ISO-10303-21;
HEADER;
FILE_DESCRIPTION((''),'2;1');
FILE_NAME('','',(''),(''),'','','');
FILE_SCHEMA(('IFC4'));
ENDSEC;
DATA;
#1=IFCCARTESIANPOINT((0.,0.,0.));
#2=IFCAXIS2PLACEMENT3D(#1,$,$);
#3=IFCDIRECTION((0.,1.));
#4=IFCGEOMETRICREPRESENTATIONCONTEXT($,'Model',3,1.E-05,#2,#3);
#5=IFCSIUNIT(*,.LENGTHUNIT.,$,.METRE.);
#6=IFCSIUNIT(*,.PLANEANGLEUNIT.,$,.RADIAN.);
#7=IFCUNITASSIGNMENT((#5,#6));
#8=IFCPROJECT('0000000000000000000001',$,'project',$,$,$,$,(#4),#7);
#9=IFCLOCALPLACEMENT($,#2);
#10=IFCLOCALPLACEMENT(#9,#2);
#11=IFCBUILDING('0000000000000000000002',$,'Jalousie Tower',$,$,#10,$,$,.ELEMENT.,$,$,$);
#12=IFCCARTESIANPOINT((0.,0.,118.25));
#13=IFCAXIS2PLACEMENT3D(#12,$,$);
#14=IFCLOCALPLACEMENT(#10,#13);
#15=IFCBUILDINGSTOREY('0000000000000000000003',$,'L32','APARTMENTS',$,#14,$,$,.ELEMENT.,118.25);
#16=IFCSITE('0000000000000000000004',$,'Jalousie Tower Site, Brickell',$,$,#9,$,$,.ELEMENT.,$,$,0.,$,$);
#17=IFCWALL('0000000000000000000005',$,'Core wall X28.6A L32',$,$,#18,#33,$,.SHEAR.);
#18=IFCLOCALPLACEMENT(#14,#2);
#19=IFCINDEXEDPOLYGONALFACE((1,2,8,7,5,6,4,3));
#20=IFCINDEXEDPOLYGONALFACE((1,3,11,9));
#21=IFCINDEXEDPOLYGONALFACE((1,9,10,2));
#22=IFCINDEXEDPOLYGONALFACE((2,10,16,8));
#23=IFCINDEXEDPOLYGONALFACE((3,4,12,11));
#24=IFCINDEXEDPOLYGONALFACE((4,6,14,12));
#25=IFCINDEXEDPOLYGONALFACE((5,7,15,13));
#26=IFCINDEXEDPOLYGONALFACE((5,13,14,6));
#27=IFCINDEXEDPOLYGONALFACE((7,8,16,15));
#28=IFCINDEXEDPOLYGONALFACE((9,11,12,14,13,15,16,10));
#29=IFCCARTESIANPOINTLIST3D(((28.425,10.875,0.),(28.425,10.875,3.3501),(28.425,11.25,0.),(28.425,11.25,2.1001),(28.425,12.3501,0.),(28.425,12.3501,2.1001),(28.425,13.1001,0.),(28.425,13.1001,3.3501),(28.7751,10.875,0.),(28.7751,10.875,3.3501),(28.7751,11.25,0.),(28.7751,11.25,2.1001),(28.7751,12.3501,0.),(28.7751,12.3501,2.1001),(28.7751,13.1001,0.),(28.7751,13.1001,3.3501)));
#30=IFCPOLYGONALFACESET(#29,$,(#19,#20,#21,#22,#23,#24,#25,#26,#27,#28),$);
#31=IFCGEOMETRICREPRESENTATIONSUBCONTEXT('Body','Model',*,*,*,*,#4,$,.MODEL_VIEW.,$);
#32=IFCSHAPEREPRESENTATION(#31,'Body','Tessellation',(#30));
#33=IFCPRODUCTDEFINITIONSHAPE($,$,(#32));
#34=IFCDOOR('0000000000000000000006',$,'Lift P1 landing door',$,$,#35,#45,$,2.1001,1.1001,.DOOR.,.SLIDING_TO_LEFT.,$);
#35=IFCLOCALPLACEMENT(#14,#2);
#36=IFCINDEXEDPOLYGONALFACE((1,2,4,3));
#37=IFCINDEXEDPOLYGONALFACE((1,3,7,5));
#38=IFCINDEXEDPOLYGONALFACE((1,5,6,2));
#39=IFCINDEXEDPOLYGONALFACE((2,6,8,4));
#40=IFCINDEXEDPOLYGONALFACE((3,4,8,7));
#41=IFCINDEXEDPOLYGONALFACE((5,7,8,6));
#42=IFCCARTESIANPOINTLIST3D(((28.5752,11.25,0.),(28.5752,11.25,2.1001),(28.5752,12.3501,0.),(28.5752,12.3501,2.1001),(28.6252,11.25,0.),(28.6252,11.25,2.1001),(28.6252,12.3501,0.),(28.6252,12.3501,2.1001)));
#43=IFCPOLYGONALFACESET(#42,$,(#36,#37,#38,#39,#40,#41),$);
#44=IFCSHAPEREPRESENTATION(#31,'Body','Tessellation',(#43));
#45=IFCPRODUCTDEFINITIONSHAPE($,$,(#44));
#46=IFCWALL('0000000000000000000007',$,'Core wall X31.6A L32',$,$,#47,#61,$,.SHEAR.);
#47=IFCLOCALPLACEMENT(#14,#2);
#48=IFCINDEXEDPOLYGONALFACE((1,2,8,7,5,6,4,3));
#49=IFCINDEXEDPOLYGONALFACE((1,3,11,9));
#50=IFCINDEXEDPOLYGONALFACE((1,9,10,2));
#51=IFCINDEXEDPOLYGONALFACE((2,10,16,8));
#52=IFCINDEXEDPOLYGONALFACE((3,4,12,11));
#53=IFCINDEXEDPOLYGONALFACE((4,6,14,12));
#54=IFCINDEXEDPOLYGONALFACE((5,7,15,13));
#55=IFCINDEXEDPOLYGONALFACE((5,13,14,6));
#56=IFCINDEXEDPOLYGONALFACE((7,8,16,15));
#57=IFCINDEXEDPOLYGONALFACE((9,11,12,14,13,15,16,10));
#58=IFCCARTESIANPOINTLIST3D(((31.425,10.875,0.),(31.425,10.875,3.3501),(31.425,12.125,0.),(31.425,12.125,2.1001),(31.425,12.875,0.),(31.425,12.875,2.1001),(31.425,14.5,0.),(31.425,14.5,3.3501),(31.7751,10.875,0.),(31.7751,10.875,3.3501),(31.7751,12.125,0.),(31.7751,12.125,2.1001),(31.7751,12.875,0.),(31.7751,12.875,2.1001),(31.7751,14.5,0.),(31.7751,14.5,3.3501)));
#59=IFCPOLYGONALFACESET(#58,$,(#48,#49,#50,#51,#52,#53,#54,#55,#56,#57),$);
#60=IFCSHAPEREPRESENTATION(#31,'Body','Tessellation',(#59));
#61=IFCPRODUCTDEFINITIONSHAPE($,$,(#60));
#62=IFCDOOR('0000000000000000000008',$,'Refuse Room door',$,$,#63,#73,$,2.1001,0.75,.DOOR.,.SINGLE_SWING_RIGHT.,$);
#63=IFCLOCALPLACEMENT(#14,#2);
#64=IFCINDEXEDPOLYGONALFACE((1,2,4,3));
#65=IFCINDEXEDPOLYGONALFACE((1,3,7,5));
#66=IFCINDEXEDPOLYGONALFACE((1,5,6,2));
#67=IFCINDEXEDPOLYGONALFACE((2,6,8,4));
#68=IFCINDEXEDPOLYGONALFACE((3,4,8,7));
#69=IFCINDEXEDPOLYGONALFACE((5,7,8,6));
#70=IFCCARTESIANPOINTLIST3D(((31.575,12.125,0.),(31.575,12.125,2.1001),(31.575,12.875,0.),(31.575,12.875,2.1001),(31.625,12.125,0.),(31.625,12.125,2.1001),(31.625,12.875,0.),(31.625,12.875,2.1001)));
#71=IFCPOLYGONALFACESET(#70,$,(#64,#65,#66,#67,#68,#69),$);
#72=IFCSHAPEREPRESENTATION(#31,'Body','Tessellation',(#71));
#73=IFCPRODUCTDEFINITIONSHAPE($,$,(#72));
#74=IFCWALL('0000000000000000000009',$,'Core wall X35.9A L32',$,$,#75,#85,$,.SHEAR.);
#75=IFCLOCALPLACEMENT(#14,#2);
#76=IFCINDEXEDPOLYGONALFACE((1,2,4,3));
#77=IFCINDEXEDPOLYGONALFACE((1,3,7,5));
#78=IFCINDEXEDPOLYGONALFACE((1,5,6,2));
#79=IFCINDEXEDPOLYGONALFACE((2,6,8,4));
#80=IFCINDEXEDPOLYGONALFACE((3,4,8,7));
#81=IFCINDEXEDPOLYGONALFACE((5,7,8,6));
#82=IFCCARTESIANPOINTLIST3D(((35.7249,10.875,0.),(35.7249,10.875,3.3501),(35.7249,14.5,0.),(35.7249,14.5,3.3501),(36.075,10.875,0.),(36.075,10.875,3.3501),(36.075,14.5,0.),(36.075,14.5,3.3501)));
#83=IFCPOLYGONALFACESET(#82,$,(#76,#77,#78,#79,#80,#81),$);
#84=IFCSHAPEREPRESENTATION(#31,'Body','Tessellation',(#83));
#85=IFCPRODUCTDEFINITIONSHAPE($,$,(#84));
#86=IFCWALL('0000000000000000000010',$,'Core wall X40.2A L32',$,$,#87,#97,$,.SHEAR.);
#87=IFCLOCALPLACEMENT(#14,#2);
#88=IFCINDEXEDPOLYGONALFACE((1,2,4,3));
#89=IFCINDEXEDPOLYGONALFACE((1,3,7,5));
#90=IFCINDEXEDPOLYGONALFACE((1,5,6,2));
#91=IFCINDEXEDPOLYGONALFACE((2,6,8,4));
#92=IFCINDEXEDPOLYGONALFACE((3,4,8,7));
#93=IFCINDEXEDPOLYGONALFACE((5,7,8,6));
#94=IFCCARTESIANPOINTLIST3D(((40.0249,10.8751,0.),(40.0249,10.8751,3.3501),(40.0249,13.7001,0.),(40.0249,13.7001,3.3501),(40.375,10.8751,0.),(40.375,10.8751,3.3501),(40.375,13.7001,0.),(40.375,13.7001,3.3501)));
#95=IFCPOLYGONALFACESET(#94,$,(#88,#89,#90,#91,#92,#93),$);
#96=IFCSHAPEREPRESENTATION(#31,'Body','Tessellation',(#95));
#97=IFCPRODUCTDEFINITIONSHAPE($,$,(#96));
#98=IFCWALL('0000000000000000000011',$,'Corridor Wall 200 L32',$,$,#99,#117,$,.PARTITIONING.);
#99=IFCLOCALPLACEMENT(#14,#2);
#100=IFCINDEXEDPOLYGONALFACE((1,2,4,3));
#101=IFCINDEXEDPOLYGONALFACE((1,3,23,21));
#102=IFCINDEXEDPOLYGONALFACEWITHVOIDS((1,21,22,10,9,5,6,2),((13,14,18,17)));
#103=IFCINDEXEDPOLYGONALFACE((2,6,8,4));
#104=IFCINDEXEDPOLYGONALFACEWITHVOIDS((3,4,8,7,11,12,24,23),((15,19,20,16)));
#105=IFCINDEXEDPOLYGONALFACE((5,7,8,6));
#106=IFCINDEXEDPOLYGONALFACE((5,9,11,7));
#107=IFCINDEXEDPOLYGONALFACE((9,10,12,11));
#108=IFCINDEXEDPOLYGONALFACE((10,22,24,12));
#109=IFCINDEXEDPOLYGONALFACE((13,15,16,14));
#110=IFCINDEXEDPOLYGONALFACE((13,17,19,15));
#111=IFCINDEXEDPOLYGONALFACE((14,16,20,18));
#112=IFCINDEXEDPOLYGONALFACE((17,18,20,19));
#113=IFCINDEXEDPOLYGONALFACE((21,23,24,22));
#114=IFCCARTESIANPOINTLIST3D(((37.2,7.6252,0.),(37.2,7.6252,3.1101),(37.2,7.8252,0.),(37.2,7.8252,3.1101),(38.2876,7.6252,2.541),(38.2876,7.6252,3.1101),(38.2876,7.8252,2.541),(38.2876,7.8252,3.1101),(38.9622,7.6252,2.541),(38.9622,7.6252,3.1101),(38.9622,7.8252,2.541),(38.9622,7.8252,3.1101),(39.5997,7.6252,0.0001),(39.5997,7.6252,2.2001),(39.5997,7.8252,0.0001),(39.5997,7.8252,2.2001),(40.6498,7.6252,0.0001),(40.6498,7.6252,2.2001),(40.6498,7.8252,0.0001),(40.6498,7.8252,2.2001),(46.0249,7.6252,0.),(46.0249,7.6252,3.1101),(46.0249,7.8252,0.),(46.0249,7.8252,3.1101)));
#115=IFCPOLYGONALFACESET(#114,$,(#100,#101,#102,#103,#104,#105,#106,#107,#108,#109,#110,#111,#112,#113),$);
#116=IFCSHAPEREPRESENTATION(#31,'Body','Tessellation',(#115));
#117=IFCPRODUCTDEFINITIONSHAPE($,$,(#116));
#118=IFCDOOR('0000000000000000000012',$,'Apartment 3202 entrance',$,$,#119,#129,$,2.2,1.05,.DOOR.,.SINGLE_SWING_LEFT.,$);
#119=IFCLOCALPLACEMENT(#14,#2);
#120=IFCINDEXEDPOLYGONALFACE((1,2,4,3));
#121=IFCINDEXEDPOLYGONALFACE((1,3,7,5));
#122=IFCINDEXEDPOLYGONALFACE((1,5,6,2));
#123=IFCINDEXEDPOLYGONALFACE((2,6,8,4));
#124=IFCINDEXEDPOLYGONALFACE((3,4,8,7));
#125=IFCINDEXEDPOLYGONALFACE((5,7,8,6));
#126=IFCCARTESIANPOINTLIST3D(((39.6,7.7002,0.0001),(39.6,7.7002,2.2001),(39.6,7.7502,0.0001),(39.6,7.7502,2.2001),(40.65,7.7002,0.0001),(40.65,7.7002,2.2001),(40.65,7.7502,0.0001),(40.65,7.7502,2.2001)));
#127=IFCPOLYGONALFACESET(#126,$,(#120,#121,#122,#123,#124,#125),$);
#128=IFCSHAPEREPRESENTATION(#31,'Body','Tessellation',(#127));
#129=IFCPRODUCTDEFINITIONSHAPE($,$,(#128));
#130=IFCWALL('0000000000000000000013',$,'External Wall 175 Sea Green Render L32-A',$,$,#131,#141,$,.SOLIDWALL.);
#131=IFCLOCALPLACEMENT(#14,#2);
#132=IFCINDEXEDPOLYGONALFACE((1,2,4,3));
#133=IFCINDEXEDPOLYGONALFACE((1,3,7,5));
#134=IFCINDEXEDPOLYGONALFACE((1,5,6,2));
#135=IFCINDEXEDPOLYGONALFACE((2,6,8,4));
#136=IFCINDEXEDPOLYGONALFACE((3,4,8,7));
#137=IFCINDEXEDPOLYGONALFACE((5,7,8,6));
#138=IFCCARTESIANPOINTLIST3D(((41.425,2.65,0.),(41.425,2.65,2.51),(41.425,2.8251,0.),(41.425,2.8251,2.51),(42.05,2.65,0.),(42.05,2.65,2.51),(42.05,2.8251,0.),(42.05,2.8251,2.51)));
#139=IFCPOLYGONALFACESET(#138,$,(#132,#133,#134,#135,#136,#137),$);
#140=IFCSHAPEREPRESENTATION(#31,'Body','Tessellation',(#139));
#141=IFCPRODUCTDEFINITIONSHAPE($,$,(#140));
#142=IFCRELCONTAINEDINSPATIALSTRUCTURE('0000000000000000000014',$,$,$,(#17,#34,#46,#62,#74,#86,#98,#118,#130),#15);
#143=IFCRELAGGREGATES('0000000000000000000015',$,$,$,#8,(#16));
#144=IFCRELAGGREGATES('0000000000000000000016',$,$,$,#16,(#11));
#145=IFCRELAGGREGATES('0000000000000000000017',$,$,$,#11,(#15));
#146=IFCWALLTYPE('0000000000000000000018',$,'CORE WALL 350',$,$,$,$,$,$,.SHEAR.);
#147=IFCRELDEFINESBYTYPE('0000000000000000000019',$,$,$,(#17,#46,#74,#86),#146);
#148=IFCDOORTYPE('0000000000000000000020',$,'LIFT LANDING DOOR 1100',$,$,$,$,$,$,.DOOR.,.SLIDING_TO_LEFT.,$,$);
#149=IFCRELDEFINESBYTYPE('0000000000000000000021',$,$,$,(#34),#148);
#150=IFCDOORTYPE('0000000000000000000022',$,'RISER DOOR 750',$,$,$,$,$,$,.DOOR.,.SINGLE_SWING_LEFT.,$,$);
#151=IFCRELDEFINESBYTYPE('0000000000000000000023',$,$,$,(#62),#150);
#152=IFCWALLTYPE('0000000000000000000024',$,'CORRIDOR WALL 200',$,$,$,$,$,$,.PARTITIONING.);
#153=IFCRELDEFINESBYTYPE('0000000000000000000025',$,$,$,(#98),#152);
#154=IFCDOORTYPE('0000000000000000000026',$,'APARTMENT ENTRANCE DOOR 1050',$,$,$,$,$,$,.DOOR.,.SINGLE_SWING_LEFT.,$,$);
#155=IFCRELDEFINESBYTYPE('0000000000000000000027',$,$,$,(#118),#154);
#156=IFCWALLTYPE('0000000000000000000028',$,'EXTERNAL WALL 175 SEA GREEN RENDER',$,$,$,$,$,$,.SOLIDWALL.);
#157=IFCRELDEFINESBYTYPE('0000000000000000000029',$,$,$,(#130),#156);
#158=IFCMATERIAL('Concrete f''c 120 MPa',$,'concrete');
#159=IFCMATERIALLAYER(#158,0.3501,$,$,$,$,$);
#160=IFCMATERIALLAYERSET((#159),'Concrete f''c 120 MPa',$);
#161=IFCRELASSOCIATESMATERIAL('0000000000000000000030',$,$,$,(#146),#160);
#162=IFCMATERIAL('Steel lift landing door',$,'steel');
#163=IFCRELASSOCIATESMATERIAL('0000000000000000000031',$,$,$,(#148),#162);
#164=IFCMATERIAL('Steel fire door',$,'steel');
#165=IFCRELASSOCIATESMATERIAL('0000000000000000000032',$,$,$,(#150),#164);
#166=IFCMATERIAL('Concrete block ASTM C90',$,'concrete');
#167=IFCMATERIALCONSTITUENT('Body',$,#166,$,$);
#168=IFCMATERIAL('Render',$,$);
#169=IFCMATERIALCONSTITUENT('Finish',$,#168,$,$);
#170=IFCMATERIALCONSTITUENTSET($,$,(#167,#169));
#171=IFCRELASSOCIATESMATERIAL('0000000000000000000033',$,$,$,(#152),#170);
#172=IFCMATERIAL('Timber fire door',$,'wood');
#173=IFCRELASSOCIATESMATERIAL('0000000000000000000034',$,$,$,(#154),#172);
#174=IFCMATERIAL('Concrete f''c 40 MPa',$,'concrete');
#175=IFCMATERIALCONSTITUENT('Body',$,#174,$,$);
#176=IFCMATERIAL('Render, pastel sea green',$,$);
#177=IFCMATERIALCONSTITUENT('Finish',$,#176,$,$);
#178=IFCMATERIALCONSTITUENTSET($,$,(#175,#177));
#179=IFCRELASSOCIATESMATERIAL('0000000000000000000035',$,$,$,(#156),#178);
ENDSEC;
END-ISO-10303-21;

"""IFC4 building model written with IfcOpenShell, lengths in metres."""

from ifc_helpers import new_model, si_unit, direction, frame, frame_2d, origin, place, context, subcontext, project, spatial, polyline, rectangle, outline, extrude, material, layer, layer_set, constituent, constituent_set, type_object, element, fill, save


model = new_model("IFC4")

# Units and contexts
model_context = context("Model", 3, precision=1e-05, world=origin(), true_north=direction((0.0, 1.0)))
body_context = subcontext(model_context, "Body", "Model", "MODEL_VIEW")
ifc_project = project(units=[si_unit("LENGTHUNIT", "METRE"), si_unit("PLANEANGLEUNIT", "RADIAN")], contexts=[model_context])

# Site, building, storey
site_placement = place(None, origin())
site = spatial("IfcSite", under=ifc_project, at=site_placement, Name="Jalousie Tower Site, Brickell", CompositionType="ELEMENT", RefElevation=0.0)
building_placement = place(site_placement, origin())
building = spatial("IfcBuilding", under=site, at=building_placement, Name="Jalousie Tower", CompositionType="ELEMENT")
storey_placement = place(building_placement, frame((0.0, 0.0, 118.25)))
storey = spatial("IfcBuildingStorey", under=building, at=storey_placement, Name="L32", Description="APARTMENTS", CompositionType="ELEMENT", Elevation=118.25)

# Walls, openings, doors
ifc_material_1 = material(Name="Concrete f'c 120 MPa", Category="concrete")
ifc_layer_1 = layer(ifc_material_1, 0.3501)
ifc_layer_set_1 = layer_set([ifc_layer_1], Name="Concrete f'c 120 MPa")
wall_type_1 = type_object("IfcWallType", Name="CORE WALL 350", PredefinedType="SHEAR", material=ifc_layer_set_1)
wall_1_placement = place(storey_placement, frame((28.6001, 10.875, 0.0), z_axis=(0.0, 0.0, 1.0), x_axis=(0.0, 1.0, 0.0)))
wall_1 = element("IfcWall", 1, at=wall_1_placement, inside=storey, type_object=wall_type_1, Name="Core wall X28.6A L32", PredefinedType="SHEAR", context=body_context, shape_type="SweptSolid", body=[
    extrude(rectangle(XDim=2.2251, YDim=0.3501, at=frame_2d((1.1125, 0.0))), origin(), (0.0, 0.0, 1.0), 3.3501),
])
opening_1_placement = place(wall_1_placement, frame((0.375, 0.0, 0.0)))
opening_1 = element("IfcOpeningElement", 2, at=opening_1_placement, cuts=wall_1, PredefinedType="OPENING", context=body_context, shape_type="SweptSolid", body=[
    extrude(rectangle(XDim=1.1001, YDim=2.1001, at=frame_2d((0.55, 1.05))), frame((0.0, 0.1851, 0.0), z_axis=(0.0, -1.0, 0.0), x_axis=(1.0, 0.0, 0.0)), (0.0, 0.0, 1.0), 0.3701),
])
ifc_material_2 = material(Name="Steel lift landing door", Category="steel")
door_type_1 = type_object("IfcDoorType", Name="LIFT LANDING DOOR 1100", OperationType="SLIDING_TO_LEFT", PredefinedType="DOOR", material=ifc_material_2)
door_1_placement = place(opening_1_placement, origin())
door_1 = element("IfcDoor", 3, at=door_1_placement, inside=storey, type_object=door_type_1, Name="Lift P1 landing door", OperationType="SLIDING_TO_LEFT", OverallHeight=2.1001, OverallWidth=1.1001, PredefinedType="DOOR", context=body_context, shape_type="SweptSolid", body=[
    extrude(rectangle(XDim=1.1001, YDim=2.1001, at=frame_2d((0.55, 1.05))), frame((0.0, 0.0249, 0.0), z_axis=(0.0, -1.0, 0.0), x_axis=(1.0, 0.0, 0.0)), (0.0, 0.0, 1.0), 0.05),
])
fill(opening_1, door_1)
wall_2_placement = place(storey_placement, frame((31.6001, 10.875, 0.0), z_axis=(0.0, 0.0, 1.0), x_axis=(0.0, 1.0, 0.0)))
wall_2 = element("IfcWall", 4, at=wall_2_placement, inside=storey, type_object=wall_type_1, Name="Core wall X31.6A L32", PredefinedType="SHEAR", context=body_context, shape_type="SweptSolid", body=[
    extrude(rectangle(XDim=3.625, YDim=0.3501, at=frame_2d((1.8125, 0.0))), origin(), (0.0, 0.0, 1.0), 3.3501),
])
opening_2_placement = place(wall_2_placement, frame((1.25, 0.0, 0.0)))
opening_2 = element("IfcOpeningElement", 5, at=opening_2_placement, cuts=wall_2, PredefinedType="OPENING", context=body_context, shape_type="SweptSolid", body=[
    extrude(rectangle(XDim=0.75, YDim=2.1001, at=frame_2d((0.375, 1.05))), frame((0.0, 0.1851, 0.0), z_axis=(0.0, -1.0, 0.0), x_axis=(1.0, 0.0, 0.0)), (0.0, 0.0, 1.0), 0.3701),
])
ifc_material_3 = material(Name="Steel fire door", Category="steel")
door_type_2 = type_object("IfcDoorType", Name="RISER DOOR 750", OperationType="SINGLE_SWING_LEFT", PredefinedType="DOOR", material=ifc_material_3)
door_2_placement = place(opening_2_placement, frame((0.75, 0.0, 0.0), z_axis=(0.0, 0.0, 1.0), x_axis=(-1.0, 0.0, 0.0)))
door_2 = element("IfcDoor", 6, at=door_2_placement, inside=storey, type_object=door_type_2, Name="Refuse Room door", OperationType="SINGLE_SWING_RIGHT", OverallHeight=2.1001, OverallWidth=0.75, PredefinedType="DOOR", context=body_context, shape_type="SweptSolid", body=[
    extrude(rectangle(XDim=0.75, YDim=2.1001, at=frame_2d((0.375, 1.05))), frame((0.0, 0.0249, 0.0), z_axis=(0.0, -1.0, 0.0), x_axis=(1.0, 0.0, 0.0)), (0.0, 0.0, 1.0), 0.05),
])
fill(opening_2, door_2)

# Walls
wall_3_placement = place(storey_placement, frame((35.8999, 10.875, 0.0), z_axis=(0.0, 0.0, 1.0), x_axis=(0.0, 1.0, 0.0)))
element("IfcWall", 7, at=wall_3_placement, inside=storey, type_object=wall_type_1, Name="Core wall X35.9A L32", PredefinedType="SHEAR", context=body_context, shape_type="SweptSolid", body=[
    extrude(rectangle(XDim=3.625, YDim=0.3501, at=frame_2d((1.8125, 0.0))), origin(), (0.0, 0.0, 1.0), 3.3501),
])
wall_4_placement = place(storey_placement, frame((40.2, 10.875, 0.0), z_axis=(0.0, 0.0, 1.0), x_axis=(0.0, 1.0, 0.0)))
element("IfcWall", 8, at=wall_4_placement, inside=storey, type_object=wall_type_1, Name="Core wall X40.2A L32", PredefinedType="SHEAR", context=body_context, shape_type="SweptSolid", body=[
    extrude(rectangle(XDim=2.825, YDim=0.3501, at=frame_2d((1.4126, 0.0))), origin(), (0.0, 0.0, 1.0), 3.3501),
])

# Wall, opening, door
ifc_material_4 = material(Name="Concrete block ASTM C90", Category="concrete")
ifc_constituent_1 = constituent(ifc_material_4, Name="Body")
ifc_material_5 = material(Name="Render")
ifc_constituent_2 = constituent(ifc_material_5, Name="Finish")
ifc_constituent_set_1 = constituent_set(constituents=[ifc_constituent_1, ifc_constituent_2])
wall_type_2 = type_object("IfcWallType", Name="CORRIDOR WALL 200", PredefinedType="PARTITIONING", material=ifc_constituent_set_1)
wall_5_placement = place(storey_placement, frame((37.2, 7.7251, 0.0), z_axis=(0.0, 0.0, 1.0), x_axis=(1.0, 0.0, 0.0)))
wall_5 = element("IfcWall", 9, at=wall_5_placement, inside=storey, type_object=wall_type_2, Name="Corridor Wall 200 L32", PredefinedType="PARTITIONING", context=body_context, shape_type="SweptSolid", body=[
    extrude(outline(polyline([(0.0, 0.0), (8.825, 0.0), (8.825, 3.1101), (1.7622, 3.1101), (1.7622, 2.541), (1.0876, 2.541), (1.0876, 3.1101), (0.0, 3.1101), (0.0, 0.0)])), frame((0.0, 0.1001, 0.0), z_axis=(0.0, -1.0, 0.0), x_axis=(1.0, 0.0, 0.0)), (0.0, 0.0, 1.0), 0.2),
])
opening_3_placement = place(wall_5_placement, frame((2.3999, 0.0, 0.0)))
opening_3 = element("IfcOpeningElement", 10, at=opening_3_placement, cuts=wall_5, PredefinedType="OPENING", context=body_context, shape_type="SweptSolid", body=[
    extrude(rectangle(XDim=1.05, YDim=2.2, at=frame_2d((0.5249, 1.1001))), frame((0.0, 0.1099, 0.0), z_axis=(0.0, -1.0, 0.0), x_axis=(1.0, 0.0, 0.0)), (0.0, 0.0, 1.0), 0.22),
])
ifc_material_6 = material(Name="Timber fire door", Category="wood")
door_type_3 = type_object("IfcDoorType", Name="APARTMENT ENTRANCE DOOR 1050", OperationType="SINGLE_SWING_LEFT", PredefinedType="DOOR", material=ifc_material_6)
door_3_placement = place(opening_3_placement, frame((1.05, 0.0, 0.0), z_axis=(0.0, 0.0, 1.0), x_axis=(-1.0, 0.0, 0.0)))
door_3 = element("IfcDoor", 11, at=door_3_placement, inside=storey, type_object=door_type_3, Name="Apartment 3202 entrance", OperationType="SINGLE_SWING_LEFT", OverallHeight=2.2, OverallWidth=1.05, PredefinedType="DOOR", context=body_context, shape_type="SweptSolid", body=[
    extrude(rectangle(XDim=1.05, YDim=2.2, at=frame_2d((0.5249, 1.1001))), frame((0.0, 0.0249, 0.0), z_axis=(0.0, -1.0, 0.0), x_axis=(1.0, 0.0, 0.0)), (0.0, 0.0, 1.0), 0.05),
])
fill(opening_3, door_3)

# Wall
ifc_material_7 = material(Name="Concrete f'c 40 MPa", Category="concrete")
ifc_constituent_3 = constituent(ifc_material_7, Name="Body")
ifc_material_8 = material(Name="Render, pastel sea green")
ifc_constituent_4 = constituent(ifc_material_8, Name="Finish")
ifc_constituent_set_2 = constituent_set(constituents=[ifc_constituent_3, ifc_constituent_4])
wall_type_3 = type_object("IfcWallType", Name="EXTERNAL WALL 175 SEA GREEN RENDER", PredefinedType="SOLIDWALL", material=ifc_constituent_set_2)
wall_6_placement = place(storey_placement, frame((41.425, 2.7375, 0.0), z_axis=(0.0, 0.0, 1.0), x_axis=(1.0, 0.0, 0.0)))
element("IfcWall", 12, at=wall_6_placement, inside=storey, type_object=wall_type_3, Name="External Wall 175 Sea Green Render L32-A", PredefinedType="SOLIDWALL", context=body_context, shape_type="SweptSolid", body=[
    extrude(rectangle(XDim=0.625, YDim=0.175, at=frame_2d((0.3125, 0.0))), origin(), (0.0, 0.0, 1.0), 2.51),
])

save(model, "model.ifc")
